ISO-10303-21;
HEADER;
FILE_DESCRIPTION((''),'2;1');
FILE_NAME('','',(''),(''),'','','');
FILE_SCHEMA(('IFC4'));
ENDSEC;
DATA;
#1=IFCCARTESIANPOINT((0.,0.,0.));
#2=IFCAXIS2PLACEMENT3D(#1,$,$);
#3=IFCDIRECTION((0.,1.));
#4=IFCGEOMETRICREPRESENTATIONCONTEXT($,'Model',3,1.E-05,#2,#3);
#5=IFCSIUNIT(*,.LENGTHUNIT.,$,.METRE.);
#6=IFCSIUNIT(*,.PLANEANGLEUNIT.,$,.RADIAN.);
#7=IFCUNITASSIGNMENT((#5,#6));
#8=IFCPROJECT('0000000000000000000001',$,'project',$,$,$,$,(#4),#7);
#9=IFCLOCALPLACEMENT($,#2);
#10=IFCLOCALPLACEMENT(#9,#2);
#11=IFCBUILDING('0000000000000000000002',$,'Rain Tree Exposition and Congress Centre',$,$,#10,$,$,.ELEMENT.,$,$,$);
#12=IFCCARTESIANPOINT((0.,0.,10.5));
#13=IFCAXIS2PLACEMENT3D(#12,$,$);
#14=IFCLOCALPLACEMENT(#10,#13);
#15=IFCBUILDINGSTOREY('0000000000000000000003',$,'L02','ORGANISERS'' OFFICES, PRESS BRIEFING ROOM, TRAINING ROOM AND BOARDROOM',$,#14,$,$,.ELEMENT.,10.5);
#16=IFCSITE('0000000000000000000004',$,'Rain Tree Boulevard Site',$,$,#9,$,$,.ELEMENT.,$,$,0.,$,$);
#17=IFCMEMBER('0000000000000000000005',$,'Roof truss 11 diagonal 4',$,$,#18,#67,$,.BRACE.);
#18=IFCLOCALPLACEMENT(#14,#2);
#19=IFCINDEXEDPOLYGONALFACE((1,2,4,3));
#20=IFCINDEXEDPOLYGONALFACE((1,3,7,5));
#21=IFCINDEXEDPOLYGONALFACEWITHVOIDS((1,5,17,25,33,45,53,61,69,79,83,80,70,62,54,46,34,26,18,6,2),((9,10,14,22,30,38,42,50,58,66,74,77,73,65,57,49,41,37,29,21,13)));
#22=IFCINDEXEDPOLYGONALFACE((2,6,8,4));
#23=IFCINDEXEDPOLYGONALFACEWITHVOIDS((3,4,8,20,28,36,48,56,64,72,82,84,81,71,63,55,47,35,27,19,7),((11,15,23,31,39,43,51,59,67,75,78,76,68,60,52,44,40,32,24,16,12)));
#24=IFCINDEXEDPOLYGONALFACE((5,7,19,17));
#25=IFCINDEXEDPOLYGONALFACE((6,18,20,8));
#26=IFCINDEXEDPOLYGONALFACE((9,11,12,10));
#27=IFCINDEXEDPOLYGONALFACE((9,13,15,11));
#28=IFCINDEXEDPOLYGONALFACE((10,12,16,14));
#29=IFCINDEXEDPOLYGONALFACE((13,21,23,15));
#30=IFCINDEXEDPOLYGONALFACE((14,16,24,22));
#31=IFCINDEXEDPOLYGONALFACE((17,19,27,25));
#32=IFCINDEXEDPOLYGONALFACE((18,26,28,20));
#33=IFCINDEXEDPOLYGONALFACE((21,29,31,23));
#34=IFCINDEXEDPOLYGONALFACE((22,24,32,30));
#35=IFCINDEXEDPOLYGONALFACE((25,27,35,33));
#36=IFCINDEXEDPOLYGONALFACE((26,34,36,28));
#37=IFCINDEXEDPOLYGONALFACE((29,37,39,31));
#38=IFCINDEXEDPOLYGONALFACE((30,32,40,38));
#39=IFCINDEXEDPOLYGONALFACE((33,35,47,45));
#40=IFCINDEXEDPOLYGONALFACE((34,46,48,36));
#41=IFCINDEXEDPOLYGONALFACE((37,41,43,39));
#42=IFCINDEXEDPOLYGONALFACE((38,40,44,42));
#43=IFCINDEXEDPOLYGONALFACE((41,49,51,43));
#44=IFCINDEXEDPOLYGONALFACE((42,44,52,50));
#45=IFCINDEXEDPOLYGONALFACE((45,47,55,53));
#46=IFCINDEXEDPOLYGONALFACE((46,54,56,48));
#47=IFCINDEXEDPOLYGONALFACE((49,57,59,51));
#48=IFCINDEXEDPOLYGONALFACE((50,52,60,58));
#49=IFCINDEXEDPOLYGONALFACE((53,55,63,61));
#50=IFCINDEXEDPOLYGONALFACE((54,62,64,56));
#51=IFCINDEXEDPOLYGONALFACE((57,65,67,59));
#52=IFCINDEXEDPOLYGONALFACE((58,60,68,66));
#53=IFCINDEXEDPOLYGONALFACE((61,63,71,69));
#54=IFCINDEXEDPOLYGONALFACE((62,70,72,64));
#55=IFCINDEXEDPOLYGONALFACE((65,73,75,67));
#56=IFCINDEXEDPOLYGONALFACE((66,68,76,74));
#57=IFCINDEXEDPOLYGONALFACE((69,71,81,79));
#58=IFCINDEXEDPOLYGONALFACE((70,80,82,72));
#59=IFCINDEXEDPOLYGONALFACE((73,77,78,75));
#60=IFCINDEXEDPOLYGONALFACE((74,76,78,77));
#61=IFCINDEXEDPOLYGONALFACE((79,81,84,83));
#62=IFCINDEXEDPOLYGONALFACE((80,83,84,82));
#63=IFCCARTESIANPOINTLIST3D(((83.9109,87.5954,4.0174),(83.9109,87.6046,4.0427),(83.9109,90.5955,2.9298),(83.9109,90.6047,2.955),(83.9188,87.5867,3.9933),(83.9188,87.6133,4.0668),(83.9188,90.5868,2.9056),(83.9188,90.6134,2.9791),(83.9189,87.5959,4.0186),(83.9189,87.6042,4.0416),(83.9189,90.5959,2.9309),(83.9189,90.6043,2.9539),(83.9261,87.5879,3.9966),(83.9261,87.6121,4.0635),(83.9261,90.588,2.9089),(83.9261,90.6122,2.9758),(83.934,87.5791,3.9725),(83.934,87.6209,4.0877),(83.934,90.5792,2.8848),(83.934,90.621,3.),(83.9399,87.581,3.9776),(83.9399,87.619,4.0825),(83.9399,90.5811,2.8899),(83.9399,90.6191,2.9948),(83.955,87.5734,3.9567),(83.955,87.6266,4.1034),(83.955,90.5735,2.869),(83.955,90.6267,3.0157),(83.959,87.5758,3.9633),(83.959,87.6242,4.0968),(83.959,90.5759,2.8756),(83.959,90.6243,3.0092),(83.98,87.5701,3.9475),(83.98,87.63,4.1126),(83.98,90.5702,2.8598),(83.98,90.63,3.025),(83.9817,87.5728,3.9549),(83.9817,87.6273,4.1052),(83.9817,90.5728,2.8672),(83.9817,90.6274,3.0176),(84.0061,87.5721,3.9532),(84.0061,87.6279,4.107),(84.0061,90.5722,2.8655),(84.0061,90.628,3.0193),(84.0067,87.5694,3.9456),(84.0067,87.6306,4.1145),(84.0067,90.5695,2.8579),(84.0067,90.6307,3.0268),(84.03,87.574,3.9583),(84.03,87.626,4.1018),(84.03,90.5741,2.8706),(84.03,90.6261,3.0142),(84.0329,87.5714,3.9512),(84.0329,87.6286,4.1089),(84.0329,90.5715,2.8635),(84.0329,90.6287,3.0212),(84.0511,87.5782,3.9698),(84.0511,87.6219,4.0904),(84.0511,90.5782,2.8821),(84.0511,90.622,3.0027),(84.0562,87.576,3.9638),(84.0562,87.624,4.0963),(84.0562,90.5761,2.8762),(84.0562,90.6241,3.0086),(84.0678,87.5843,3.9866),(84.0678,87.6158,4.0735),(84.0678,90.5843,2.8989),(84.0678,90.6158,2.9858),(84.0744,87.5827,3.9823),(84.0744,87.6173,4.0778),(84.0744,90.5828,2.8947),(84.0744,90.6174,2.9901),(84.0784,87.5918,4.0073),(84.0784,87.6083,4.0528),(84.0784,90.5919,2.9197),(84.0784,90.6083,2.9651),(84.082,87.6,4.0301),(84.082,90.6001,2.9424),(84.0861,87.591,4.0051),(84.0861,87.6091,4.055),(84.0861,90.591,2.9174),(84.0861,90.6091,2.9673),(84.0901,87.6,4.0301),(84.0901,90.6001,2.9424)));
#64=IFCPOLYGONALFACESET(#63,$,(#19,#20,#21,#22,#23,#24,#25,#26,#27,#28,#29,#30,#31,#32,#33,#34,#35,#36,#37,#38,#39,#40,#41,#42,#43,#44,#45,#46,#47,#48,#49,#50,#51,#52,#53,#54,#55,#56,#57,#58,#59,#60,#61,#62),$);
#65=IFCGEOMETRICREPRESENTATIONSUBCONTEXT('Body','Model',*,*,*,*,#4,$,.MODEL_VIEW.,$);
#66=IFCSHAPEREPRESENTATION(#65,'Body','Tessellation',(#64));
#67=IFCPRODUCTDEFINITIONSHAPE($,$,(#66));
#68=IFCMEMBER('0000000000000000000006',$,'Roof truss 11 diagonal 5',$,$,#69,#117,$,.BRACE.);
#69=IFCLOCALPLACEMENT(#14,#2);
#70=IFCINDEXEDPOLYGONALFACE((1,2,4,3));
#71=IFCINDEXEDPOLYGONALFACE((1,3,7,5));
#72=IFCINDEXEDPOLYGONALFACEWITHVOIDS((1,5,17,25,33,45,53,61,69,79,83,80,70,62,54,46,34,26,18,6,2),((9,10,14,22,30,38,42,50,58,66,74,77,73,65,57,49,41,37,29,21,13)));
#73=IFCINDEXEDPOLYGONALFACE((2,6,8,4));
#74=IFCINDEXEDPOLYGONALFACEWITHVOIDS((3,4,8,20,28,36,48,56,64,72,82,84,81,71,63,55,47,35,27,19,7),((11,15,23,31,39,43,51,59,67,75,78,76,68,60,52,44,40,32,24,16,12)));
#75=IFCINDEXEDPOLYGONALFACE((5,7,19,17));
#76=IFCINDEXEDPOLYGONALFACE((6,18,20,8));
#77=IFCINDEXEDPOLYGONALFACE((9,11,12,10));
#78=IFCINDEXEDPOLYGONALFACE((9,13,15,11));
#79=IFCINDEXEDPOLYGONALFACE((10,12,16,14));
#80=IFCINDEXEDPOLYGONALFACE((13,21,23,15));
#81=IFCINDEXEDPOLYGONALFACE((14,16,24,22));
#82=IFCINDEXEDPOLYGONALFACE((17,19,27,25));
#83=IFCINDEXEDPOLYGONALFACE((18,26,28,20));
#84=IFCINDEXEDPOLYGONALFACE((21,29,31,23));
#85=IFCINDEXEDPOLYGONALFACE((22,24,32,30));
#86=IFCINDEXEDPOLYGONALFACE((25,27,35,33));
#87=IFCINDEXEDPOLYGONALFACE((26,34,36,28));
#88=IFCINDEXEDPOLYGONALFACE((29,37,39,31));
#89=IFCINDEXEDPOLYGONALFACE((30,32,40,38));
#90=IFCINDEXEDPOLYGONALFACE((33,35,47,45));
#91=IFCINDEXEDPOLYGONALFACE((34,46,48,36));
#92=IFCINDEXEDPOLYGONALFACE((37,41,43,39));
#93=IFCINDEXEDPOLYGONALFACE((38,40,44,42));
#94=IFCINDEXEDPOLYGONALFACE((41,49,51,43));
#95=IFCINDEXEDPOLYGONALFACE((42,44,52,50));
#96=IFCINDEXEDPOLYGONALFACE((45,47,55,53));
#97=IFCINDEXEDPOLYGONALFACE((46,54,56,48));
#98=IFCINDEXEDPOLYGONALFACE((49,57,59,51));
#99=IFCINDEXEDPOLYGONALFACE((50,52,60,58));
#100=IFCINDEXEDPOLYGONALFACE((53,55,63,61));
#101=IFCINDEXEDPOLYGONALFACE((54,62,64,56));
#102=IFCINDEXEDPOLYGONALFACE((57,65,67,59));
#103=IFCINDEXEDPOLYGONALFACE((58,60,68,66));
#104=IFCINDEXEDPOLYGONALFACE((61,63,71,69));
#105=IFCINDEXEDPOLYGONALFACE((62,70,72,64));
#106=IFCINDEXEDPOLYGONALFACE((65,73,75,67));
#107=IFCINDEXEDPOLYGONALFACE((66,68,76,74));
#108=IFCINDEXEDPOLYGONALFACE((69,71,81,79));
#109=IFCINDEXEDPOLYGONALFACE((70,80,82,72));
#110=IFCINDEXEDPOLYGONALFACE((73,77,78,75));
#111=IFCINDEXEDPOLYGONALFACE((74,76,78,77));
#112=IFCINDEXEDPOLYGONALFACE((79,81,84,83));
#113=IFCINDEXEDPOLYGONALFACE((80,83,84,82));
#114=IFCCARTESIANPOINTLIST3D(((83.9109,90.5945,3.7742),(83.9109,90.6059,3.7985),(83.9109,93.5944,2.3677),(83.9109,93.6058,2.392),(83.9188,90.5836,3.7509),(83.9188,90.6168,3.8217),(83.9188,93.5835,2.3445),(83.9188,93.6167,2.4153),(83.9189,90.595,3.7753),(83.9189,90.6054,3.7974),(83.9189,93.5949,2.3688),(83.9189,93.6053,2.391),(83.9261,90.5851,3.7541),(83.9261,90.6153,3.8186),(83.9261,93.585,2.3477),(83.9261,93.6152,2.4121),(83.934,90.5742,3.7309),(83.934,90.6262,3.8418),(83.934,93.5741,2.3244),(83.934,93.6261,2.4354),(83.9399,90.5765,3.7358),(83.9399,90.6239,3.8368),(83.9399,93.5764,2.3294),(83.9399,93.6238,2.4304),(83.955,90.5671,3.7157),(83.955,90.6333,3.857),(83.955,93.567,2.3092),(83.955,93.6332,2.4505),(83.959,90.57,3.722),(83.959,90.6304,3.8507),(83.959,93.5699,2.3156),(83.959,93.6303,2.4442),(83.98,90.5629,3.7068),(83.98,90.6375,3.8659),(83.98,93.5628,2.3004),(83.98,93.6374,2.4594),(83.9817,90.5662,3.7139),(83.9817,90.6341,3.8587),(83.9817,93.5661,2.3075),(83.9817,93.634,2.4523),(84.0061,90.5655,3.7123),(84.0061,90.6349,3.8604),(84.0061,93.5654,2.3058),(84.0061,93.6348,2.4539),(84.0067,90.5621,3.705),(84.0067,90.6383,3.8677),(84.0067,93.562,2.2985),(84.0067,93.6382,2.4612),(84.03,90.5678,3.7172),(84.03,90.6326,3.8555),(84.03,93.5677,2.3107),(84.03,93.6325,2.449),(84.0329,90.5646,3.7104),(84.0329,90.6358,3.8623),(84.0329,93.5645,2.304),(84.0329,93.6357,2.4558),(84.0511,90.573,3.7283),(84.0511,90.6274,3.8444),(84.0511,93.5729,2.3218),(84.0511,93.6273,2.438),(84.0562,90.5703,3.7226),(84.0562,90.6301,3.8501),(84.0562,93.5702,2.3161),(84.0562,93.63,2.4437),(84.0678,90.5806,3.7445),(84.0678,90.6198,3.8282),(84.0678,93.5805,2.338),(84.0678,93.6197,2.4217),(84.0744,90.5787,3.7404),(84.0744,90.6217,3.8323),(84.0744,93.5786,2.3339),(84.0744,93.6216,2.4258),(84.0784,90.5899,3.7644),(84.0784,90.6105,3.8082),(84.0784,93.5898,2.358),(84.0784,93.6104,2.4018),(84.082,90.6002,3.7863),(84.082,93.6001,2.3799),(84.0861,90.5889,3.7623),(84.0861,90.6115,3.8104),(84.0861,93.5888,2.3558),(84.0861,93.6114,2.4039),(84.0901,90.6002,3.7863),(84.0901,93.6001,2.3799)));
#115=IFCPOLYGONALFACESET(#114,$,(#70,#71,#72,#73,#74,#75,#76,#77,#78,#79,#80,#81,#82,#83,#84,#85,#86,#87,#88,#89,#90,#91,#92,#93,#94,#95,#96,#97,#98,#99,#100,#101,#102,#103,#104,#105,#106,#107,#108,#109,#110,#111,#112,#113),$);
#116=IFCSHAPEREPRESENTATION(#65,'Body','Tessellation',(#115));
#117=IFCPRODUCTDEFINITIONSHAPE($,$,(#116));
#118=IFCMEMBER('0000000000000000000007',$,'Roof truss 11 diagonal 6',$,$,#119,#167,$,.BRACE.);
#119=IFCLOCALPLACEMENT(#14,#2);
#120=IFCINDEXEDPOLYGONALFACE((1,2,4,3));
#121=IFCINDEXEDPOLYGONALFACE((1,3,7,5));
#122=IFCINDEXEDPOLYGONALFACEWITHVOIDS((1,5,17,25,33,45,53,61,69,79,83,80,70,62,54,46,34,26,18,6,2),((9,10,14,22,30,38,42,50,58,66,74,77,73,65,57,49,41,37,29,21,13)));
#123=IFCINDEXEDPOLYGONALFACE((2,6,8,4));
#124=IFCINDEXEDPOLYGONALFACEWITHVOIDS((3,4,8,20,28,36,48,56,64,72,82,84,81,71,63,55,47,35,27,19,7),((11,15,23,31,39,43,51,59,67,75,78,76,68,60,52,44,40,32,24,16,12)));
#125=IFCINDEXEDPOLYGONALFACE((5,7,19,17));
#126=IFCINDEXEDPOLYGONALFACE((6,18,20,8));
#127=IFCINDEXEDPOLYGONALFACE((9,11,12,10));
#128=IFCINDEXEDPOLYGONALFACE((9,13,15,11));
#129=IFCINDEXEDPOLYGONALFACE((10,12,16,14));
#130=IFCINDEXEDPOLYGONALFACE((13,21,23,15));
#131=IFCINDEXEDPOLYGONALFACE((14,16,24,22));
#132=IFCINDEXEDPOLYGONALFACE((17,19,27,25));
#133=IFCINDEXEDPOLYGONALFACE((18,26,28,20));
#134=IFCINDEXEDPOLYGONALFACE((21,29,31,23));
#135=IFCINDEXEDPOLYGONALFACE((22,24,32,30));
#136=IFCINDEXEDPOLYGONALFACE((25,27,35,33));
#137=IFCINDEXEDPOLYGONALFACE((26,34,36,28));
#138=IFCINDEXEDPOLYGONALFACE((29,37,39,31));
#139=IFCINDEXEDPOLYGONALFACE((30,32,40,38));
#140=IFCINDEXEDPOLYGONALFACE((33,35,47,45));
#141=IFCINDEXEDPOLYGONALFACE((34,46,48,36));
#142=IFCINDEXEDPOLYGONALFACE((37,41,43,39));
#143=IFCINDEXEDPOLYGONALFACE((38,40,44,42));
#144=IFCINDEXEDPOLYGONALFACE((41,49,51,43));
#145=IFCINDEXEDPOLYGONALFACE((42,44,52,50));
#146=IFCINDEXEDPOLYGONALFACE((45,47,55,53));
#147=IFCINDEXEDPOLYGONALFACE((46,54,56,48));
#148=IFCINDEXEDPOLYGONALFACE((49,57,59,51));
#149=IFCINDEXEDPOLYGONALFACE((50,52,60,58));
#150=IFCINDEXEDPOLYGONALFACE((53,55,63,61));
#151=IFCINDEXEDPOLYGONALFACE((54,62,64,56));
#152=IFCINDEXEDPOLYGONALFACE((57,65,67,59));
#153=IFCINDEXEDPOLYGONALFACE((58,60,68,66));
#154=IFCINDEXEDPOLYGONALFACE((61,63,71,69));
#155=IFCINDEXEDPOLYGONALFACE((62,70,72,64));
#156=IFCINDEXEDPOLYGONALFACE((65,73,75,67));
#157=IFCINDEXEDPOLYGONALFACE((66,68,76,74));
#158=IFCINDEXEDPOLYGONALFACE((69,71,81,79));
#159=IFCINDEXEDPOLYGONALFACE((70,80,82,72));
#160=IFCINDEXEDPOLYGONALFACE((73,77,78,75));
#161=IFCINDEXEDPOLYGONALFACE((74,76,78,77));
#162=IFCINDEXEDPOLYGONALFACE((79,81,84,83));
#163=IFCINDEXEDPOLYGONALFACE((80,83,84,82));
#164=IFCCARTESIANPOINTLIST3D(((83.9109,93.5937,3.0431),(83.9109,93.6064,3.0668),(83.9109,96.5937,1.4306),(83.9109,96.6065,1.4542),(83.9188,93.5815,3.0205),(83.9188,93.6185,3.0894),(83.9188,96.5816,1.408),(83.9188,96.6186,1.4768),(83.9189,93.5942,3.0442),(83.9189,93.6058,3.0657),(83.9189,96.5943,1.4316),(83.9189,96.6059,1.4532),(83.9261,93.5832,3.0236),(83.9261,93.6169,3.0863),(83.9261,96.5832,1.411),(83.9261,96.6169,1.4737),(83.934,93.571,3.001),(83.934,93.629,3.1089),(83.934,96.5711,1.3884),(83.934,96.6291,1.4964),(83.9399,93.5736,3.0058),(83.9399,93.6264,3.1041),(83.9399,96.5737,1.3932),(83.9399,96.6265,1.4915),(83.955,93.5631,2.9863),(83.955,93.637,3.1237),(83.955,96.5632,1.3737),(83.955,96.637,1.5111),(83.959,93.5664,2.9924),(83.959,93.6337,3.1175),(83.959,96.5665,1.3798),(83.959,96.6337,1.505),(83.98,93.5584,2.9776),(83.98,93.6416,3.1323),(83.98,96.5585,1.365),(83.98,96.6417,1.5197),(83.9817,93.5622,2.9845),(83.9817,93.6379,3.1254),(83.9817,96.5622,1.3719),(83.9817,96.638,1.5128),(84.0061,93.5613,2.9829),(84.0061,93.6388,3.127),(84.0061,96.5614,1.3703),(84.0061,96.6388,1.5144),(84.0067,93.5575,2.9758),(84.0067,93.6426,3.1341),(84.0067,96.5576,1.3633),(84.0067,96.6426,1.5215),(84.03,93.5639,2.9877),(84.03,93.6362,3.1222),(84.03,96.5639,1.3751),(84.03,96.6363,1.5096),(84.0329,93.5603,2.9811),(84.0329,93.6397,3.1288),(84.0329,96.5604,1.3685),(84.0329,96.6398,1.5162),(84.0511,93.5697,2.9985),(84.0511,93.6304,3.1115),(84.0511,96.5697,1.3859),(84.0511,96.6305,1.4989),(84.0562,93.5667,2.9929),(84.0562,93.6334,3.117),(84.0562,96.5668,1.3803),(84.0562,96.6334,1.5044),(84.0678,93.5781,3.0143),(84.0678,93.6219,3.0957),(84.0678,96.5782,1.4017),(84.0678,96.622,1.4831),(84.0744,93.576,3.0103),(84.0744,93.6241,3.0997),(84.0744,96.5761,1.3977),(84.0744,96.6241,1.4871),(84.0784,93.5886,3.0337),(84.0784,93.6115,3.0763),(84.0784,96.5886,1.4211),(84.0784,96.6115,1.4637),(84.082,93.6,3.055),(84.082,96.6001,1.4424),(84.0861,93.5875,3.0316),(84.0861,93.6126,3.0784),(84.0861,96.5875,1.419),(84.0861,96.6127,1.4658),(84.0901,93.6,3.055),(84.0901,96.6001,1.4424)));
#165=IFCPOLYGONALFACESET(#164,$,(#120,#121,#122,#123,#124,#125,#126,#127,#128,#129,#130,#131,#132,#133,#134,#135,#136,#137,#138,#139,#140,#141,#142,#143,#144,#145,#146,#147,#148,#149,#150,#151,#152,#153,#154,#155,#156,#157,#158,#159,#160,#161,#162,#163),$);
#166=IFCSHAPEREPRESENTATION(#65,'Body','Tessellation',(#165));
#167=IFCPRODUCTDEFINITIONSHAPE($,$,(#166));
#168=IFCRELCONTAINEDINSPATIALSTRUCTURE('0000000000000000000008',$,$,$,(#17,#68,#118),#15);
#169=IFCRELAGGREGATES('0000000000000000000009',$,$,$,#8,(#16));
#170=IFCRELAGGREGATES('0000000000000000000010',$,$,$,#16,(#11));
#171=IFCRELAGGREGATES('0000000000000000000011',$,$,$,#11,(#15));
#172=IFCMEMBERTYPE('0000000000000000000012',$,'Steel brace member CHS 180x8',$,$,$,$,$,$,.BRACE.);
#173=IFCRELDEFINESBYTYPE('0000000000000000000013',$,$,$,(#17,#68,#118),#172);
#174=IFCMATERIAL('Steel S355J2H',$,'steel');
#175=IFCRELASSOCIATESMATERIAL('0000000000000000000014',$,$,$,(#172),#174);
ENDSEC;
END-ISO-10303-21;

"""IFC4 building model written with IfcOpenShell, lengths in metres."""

from ifc_helpers import new_model, si_unit, direction, frame, origin, origin_2d, place, context, subcontext, project, spatial, hollow_circle, extrude, material, material_profile, profile_set, type_object, element, save


model = new_model("IFC4")

# Units and contexts
model_context = context("Model", 3, precision=1e-05, world=origin(), true_north=direction((0.0, 1.0)))
body_context = subcontext(model_context, "Body", "Model", "MODEL_VIEW")
ifc_project = project(units=[si_unit("LENGTHUNIT", "METRE"), si_unit("PLANEANGLEUNIT", "RADIAN")], contexts=[model_context])

# Site, building, storey
site_placement = place(None, origin())
site = spatial("IfcSite", under=ifc_project, at=site_placement, Name="Rain Tree Boulevard Site", CompositionType="ELEMENT", RefElevation=0.0)
building_placement = place(site_placement, origin())
building = spatial("IfcBuilding", under=site, at=building_placement, Name="Rain Tree Exposition and Congress Centre", CompositionType="ELEMENT")
storey_placement = place(building_placement, frame((0.0, 0.0, 10.5)))
storey = spatial("IfcBuildingStorey", under=building, at=storey_placement, Name="L02", Description="ORGANISERS' OFFICES, PRESS BRIEFING ROOM, TRAINING ROOM AND BOARDROOM", CompositionType="ELEMENT", Elevation=10.5)

# Members
ifc_material_1 = material(Name="Steel S355J2H", Category="steel")
ifc_material_profile_1 = material_profile(ifc_material_1, hollow_circle(Radius=0.0901, WallThickness=0.0081, at=origin_2d()), Name="CHS 180x8")
ifc_profile_set_1 = profile_set([ifc_material_profile_1], Name="Steel S355J2H")
member_type_1 = type_object("IfcMemberType", Name="Steel brace member CHS 180x8", PredefinedType="BRACE", material=ifc_profile_set_1)
member_1_placement = place(storey_placement, frame((84.0, 90.6001, 2.9424), z_axis=(0.0, -0.940121, 0.34084), x_axis=(1.0, 0.0, 0.0)))
element("IfcMember", 1, at=member_1_placement, inside=storey, type_object=member_type_1, Name="Roof truss 11 diagonal 4", PredefinedType="BRACE", context=body_context, shape_type="SweptSolid", body=[
    extrude(hollow_circle(Radius=0.0901, WallThickness=0.0081, at=origin_2d()), origin(), (0.0, 0.0, 1.0), 3.1912),
])
member_2_placement = place(storey_placement, frame((84.0, 93.6001, 2.3799), z_axis=(0.0, -0.905431, 0.424494), x_axis=(1.0, 0.0, 0.0)))
element("IfcMember", 2, at=member_2_placement, inside=storey, type_object=member_type_1, Name="Roof truss 11 diagonal 5", PredefinedType="BRACE", context=body_context, shape_type="SweptSolid", body=[
    extrude(hollow_circle(Radius=0.0901, WallThickness=0.0081, at=origin_2d()), origin(), (0.0, 0.0, 1.0), 3.3132),
])
member_3_placement = place(storey_placement, frame((84.0, 96.6001, 1.4424), z_axis=(0.0, -0.880818, 0.473454), x_axis=(1.0, 0.0, 0.0)))
element("IfcMember", 3, at=member_3_placement, inside=storey, type_object=member_type_1, Name="Roof truss 11 diagonal 6", PredefinedType="BRACE", context=body_context, shape_type="SweptSolid", body=[
    extrude(hollow_circle(Radius=0.0901, WallThickness=0.0081, at=origin_2d()), origin(), (0.0, 0.0, 1.0), 3.406),
])

save(model, "model.ifc")
